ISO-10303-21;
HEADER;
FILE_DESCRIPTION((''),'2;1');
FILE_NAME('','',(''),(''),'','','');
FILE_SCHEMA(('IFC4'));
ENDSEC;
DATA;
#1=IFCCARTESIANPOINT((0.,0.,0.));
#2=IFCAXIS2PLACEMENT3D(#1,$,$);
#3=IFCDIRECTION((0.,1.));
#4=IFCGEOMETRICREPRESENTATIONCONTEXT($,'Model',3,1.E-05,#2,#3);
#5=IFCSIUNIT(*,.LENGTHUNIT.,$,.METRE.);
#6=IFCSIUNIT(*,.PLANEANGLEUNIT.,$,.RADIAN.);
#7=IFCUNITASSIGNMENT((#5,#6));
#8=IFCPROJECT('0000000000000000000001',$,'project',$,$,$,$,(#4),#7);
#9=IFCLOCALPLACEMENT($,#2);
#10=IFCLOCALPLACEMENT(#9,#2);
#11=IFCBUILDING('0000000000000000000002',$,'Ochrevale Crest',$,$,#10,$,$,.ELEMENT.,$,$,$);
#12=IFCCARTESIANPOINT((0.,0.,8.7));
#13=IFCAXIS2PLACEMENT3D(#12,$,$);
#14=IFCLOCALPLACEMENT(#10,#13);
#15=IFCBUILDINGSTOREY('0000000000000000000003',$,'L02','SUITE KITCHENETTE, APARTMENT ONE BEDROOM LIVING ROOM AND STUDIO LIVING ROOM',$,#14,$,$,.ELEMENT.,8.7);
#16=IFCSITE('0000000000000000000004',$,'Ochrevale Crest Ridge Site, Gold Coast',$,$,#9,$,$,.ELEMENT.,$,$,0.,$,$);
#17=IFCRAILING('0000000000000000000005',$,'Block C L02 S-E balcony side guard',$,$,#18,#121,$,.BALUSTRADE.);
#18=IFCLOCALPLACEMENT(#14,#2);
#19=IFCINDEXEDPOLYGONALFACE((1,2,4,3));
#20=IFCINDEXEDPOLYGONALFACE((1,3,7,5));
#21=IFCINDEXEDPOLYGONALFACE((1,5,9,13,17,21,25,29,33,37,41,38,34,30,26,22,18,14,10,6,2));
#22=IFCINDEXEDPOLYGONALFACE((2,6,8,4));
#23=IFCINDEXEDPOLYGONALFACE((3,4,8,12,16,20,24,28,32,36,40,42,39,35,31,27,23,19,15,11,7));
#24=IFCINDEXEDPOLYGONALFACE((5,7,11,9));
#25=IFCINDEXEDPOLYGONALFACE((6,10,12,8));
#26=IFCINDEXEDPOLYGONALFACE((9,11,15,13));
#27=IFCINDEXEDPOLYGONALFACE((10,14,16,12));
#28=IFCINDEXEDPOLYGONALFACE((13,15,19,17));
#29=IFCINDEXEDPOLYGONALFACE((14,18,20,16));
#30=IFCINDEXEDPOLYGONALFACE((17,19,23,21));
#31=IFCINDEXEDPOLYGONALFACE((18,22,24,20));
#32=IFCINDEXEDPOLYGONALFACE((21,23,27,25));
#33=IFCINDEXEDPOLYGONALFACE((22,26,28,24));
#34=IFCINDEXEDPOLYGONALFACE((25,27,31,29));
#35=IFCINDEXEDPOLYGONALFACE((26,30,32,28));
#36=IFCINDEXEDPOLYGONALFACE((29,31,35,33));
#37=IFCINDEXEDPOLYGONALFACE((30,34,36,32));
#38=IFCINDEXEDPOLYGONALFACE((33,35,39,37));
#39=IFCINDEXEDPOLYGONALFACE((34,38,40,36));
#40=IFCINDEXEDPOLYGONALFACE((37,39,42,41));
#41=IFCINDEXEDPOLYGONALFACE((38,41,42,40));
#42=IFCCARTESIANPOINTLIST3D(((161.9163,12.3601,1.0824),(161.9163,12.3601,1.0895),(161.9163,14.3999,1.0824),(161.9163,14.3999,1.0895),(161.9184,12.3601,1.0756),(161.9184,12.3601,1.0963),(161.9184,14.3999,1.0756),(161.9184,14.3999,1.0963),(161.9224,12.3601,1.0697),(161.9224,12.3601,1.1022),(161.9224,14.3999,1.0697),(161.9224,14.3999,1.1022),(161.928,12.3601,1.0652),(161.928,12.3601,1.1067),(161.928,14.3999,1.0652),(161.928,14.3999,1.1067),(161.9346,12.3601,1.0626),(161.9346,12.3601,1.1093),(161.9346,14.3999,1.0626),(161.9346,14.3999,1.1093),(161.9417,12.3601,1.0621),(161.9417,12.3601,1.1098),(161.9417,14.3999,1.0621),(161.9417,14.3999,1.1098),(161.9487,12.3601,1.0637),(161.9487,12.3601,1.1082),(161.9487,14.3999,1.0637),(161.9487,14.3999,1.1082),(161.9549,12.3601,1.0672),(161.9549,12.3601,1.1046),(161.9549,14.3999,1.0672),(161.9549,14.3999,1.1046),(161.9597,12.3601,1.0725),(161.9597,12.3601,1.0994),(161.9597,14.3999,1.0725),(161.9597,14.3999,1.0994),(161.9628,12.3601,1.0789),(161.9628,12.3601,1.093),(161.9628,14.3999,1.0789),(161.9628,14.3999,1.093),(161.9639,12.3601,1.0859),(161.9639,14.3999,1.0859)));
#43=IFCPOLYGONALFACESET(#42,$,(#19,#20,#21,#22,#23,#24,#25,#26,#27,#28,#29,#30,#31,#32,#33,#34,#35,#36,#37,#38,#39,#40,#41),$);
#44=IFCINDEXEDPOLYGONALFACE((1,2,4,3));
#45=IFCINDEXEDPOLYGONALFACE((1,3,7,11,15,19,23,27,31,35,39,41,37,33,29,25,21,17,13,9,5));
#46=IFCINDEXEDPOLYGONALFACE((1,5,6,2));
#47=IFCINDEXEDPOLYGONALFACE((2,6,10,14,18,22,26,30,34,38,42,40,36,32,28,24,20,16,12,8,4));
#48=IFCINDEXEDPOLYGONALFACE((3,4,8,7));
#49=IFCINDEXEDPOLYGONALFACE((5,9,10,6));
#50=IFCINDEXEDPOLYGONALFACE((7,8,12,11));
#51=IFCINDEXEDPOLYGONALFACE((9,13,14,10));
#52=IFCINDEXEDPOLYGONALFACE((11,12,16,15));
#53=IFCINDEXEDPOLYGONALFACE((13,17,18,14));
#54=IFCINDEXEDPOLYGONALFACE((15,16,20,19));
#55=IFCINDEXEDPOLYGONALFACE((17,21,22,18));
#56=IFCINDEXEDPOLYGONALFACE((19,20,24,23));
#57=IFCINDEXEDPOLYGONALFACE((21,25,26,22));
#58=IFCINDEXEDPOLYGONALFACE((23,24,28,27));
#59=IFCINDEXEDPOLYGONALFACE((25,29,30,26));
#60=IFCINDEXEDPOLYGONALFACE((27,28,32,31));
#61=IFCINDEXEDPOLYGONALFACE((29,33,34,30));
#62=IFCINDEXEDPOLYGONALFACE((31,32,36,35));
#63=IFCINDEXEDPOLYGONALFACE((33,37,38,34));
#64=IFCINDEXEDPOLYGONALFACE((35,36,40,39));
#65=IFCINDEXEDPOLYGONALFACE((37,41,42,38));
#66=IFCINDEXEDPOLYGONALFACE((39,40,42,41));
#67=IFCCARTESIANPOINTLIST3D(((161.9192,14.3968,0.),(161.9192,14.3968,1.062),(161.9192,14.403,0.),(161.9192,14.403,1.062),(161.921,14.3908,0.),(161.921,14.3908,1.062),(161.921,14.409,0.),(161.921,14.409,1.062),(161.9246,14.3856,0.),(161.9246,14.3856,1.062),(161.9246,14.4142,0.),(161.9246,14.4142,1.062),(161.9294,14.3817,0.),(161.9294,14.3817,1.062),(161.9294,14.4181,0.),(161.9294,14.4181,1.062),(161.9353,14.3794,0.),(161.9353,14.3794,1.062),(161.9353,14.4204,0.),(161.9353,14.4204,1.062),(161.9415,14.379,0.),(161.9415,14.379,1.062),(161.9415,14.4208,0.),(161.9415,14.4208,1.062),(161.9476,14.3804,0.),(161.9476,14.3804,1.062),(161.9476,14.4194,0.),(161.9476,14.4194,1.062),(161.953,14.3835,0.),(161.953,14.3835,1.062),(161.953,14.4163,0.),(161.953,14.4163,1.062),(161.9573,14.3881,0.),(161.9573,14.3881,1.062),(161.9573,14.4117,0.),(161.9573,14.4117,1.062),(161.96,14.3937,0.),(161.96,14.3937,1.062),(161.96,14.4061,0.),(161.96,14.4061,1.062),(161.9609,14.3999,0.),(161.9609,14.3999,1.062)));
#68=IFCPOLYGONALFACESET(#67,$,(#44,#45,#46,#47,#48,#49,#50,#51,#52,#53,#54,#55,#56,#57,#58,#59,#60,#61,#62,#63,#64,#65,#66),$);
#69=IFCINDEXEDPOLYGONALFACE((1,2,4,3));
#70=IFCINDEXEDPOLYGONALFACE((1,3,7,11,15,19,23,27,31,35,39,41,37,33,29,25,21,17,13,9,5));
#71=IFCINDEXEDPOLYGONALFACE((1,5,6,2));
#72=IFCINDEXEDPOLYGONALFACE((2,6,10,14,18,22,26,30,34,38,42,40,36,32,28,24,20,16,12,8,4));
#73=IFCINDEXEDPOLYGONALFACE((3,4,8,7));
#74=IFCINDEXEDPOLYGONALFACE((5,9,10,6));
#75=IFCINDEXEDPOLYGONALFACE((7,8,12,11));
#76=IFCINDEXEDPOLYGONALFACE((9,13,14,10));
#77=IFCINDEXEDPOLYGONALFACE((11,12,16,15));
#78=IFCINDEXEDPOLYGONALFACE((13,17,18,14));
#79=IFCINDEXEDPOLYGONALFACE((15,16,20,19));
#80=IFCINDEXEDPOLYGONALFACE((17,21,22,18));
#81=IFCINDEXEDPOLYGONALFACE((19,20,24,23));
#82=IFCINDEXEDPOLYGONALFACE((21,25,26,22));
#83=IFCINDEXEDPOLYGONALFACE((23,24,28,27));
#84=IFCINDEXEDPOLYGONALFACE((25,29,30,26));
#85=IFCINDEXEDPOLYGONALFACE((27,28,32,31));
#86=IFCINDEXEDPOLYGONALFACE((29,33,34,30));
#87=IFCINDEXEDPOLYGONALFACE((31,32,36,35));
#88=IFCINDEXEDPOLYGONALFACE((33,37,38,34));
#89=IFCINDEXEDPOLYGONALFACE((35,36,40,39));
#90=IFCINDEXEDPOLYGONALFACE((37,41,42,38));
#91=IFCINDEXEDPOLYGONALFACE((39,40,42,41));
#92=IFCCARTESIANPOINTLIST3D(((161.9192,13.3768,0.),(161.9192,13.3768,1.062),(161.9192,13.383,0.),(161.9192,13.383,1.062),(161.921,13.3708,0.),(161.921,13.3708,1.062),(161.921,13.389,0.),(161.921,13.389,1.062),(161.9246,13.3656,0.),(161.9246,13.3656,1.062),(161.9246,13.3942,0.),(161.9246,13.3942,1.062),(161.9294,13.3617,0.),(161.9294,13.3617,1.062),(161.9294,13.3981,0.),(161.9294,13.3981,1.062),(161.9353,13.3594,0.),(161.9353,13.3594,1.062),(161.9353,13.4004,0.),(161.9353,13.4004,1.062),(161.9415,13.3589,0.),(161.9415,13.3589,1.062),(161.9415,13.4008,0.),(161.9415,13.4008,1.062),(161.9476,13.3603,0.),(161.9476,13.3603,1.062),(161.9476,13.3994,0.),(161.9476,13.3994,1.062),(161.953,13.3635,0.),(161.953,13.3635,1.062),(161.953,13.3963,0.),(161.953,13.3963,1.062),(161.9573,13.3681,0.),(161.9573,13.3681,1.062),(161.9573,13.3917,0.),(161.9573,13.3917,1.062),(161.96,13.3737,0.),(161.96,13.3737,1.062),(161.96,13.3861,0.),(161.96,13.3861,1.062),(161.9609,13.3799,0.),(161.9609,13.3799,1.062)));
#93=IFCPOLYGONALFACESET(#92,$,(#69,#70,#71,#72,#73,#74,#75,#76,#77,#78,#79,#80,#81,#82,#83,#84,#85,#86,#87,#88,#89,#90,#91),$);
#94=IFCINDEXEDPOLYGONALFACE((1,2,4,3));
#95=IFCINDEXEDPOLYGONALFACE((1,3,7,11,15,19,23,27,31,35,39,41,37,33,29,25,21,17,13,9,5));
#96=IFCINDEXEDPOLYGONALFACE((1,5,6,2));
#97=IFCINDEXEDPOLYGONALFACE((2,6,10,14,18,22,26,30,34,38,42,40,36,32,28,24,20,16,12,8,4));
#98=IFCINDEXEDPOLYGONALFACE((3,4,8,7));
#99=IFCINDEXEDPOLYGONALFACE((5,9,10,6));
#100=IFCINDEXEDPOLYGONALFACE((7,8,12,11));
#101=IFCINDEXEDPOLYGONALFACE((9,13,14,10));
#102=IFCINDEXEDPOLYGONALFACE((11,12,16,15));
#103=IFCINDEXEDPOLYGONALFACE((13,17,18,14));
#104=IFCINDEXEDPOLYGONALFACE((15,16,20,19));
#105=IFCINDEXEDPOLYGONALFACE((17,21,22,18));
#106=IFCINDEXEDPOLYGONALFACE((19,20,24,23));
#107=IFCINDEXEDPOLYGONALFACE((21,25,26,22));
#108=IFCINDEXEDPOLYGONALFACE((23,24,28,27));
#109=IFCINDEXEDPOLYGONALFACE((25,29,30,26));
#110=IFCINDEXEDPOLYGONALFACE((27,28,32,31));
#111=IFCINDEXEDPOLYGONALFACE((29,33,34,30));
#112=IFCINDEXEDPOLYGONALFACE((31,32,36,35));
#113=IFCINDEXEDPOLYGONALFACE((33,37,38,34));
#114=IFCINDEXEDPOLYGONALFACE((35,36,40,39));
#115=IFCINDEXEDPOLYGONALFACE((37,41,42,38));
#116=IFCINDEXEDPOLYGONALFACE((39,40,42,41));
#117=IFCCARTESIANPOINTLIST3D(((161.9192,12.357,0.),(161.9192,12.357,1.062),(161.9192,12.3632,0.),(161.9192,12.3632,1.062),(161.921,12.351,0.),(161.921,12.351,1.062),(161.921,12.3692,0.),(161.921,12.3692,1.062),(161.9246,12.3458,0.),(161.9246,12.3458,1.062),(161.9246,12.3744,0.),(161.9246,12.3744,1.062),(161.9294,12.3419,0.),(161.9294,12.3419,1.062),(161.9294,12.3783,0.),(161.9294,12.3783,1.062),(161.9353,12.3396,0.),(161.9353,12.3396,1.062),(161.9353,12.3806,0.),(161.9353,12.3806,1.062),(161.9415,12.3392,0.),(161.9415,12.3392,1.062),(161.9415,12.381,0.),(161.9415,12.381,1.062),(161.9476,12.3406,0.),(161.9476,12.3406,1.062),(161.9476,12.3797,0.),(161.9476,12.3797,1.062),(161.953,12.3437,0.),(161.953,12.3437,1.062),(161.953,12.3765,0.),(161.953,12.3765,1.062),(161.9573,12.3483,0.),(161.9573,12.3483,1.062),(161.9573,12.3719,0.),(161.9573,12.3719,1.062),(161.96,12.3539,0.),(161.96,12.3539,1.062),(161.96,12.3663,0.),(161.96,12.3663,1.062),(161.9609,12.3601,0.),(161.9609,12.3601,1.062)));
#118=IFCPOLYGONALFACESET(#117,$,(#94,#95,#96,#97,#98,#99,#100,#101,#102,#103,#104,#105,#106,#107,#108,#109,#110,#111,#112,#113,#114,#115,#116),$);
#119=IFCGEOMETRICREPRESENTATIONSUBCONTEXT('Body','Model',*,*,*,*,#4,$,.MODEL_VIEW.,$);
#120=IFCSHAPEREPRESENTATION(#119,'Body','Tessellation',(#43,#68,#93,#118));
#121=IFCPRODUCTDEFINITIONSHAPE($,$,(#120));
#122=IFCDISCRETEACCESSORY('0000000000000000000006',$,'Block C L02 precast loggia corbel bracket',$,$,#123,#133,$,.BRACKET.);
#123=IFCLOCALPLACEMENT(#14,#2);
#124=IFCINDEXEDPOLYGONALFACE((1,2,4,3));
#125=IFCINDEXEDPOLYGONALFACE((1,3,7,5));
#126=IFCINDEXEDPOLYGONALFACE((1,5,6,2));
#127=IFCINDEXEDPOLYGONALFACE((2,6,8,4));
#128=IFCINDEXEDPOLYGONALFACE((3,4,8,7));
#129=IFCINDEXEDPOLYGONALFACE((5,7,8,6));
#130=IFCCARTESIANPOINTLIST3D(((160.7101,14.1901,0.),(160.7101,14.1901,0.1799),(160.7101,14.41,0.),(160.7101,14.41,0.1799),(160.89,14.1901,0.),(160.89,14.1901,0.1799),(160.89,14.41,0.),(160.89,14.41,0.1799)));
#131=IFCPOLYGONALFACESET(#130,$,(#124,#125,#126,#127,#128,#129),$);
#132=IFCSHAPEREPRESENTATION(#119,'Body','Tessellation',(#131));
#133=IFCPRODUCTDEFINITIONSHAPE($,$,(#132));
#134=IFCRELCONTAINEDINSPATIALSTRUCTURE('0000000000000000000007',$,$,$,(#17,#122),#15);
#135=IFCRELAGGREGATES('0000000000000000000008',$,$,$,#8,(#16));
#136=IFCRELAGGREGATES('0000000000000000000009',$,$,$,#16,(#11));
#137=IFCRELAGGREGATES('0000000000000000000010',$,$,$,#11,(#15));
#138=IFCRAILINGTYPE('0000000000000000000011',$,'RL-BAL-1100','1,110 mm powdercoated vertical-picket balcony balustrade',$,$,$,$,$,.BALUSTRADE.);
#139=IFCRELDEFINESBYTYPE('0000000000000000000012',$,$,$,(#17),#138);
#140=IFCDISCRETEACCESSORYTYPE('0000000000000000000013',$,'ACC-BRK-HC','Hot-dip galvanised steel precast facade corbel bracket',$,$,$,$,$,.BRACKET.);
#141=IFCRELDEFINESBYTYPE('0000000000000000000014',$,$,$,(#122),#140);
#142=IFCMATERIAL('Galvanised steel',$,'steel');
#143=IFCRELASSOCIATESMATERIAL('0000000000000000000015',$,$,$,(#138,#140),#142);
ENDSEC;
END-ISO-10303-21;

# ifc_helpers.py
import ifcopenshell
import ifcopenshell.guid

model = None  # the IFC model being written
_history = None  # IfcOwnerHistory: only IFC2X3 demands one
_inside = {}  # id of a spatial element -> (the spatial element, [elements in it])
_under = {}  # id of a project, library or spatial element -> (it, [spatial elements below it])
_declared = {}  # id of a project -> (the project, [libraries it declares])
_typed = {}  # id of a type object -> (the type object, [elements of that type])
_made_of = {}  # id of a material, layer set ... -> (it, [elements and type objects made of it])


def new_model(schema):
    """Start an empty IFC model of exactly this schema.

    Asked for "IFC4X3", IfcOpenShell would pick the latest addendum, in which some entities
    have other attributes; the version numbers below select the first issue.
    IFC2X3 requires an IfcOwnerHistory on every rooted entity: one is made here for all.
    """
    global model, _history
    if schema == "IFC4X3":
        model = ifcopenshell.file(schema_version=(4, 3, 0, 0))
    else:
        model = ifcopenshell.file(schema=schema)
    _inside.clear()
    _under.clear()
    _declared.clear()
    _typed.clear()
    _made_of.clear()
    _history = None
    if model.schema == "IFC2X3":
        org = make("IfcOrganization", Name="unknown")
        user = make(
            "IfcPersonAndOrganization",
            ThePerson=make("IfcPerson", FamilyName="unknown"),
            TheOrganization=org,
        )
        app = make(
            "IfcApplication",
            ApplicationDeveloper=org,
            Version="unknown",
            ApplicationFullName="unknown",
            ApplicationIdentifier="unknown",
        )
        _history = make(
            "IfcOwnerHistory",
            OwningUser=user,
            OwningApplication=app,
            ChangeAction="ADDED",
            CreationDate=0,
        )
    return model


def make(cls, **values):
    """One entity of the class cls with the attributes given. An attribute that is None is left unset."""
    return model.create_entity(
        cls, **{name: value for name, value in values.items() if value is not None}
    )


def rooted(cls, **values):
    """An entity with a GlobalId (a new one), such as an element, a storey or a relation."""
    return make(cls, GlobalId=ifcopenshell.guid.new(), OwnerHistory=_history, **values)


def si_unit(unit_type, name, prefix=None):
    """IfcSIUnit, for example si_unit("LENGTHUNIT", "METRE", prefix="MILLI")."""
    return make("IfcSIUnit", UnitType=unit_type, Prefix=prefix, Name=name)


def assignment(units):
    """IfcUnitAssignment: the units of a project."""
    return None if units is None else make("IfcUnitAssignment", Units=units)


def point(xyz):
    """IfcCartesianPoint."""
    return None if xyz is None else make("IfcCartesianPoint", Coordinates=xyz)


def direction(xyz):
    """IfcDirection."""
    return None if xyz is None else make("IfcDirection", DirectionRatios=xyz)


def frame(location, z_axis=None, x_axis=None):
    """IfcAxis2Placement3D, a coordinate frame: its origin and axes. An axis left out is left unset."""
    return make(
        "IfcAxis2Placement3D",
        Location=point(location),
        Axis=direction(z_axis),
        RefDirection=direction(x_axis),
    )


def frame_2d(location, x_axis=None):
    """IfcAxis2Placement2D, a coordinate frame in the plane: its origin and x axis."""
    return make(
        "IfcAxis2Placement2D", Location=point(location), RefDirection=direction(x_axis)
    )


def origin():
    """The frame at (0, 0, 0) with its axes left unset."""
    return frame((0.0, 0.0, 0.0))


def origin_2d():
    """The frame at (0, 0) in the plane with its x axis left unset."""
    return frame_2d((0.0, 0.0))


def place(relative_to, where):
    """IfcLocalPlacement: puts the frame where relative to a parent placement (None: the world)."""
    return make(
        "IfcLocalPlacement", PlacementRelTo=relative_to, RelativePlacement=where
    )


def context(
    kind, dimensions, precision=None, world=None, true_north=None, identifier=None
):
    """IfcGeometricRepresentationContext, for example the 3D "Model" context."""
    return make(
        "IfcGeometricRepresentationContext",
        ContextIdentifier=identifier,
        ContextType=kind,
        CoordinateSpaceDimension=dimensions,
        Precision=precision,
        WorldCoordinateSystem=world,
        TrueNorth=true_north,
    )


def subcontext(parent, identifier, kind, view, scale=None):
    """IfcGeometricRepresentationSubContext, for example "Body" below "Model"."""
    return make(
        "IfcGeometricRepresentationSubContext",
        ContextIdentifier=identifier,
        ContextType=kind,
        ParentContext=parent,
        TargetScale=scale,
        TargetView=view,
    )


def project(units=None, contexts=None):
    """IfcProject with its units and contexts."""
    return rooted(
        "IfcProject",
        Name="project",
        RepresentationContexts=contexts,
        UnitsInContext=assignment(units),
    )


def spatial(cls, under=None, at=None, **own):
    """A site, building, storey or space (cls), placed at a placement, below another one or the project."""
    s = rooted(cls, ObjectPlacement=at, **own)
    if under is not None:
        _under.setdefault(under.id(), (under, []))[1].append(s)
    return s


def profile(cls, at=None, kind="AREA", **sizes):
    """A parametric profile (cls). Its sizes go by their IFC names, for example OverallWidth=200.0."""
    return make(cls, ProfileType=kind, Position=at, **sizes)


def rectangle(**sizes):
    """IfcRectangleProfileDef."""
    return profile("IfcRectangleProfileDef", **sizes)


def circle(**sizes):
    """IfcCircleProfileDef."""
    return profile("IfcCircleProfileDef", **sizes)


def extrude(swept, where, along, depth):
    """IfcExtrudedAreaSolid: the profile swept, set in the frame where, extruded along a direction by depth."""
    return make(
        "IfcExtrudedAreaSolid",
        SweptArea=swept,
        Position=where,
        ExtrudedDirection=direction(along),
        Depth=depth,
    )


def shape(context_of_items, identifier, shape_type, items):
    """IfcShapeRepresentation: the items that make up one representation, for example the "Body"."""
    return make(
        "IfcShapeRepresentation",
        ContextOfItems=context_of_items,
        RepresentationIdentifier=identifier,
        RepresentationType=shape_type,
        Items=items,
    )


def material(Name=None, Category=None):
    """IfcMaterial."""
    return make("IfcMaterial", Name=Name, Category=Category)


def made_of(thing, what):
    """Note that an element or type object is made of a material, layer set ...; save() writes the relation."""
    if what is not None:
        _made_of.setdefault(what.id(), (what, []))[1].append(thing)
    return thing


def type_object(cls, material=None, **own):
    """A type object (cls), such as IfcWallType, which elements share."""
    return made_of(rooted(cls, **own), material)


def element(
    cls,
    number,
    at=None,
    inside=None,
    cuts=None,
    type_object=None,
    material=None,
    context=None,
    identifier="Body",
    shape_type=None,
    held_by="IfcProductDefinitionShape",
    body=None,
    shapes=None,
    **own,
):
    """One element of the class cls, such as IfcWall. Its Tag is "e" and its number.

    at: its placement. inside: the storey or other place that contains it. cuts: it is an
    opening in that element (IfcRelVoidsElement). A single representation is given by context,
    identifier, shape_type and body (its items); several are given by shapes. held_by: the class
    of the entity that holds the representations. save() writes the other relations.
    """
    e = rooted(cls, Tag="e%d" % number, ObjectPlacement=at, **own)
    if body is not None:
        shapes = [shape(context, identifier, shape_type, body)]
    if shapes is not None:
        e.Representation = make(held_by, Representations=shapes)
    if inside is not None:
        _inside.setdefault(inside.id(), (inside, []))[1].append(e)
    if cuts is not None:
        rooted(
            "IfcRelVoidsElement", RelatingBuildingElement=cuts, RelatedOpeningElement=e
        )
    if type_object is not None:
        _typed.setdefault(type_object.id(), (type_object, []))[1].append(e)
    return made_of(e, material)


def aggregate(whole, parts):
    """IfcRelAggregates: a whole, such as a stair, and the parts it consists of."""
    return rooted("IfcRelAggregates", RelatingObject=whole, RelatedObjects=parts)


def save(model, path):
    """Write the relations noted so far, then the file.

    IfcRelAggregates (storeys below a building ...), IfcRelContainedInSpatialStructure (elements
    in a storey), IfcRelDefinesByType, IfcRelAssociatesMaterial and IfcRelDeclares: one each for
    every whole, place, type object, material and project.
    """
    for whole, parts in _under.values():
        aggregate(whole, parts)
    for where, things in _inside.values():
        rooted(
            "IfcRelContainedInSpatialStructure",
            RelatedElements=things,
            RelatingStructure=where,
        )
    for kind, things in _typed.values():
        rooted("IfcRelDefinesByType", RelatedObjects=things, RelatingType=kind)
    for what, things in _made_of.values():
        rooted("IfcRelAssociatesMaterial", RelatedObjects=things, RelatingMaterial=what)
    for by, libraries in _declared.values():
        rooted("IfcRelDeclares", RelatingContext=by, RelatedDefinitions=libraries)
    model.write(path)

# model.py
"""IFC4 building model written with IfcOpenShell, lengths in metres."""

from ifc_helpers import new_model, si_unit, direction, frame, origin, origin_2d, place, context, subcontext, project, spatial, rectangle, circle, extrude, material, type_object, element, save


model = new_model("IFC4")

# Units and contexts
model_context = context("Model", 3, precision=1e-05, world=origin(), true_north=direction((0.0, 1.0)))
body_context = subcontext(model_context, "Body", "Model", "MODEL_VIEW")
ifc_project = project(units=[si_unit("LENGTHUNIT", "METRE"), si_unit("PLANEANGLEUNIT", "RADIAN")], contexts=[model_context])

# Site, building, storey
site_placement = place(None, origin())
site = spatial("IfcSite", under=ifc_project, at=site_placement, Name="Ochrevale Crest Ridge Site, Gold Coast", CompositionType="ELEMENT", RefElevation=0.0)
building_placement = place(site_placement, origin())
building = spatial("IfcBuilding", under=site, at=building_placement, Name="Ochrevale Crest", CompositionType="ELEMENT")
storey_placement = place(building_placement, frame((0.0, 0.0, 8.7)))
storey = spatial("IfcBuildingStorey", under=building, at=storey_placement, Name="L02", Description="SUITE KITCHENETTE, APARTMENT ONE BEDROOM LIVING ROOM AND STUDIO LIVING ROOM", CompositionType="ELEMENT", Elevation=8.7)

# Railing
ifc_material_1 = material(Name="Galvanised steel", Category="steel")
railing_type = type_object("IfcRailingType", Name="RL-BAL-1100", Description="1,110 mm powdercoated vertical-picket balcony balustrade", PredefinedType="BALUSTRADE", material=ifc_material_1)
railing_placement = place(storey_placement, frame((161.9399, 14.3999, 0.0)))
element("IfcRailing", 1, at=railing_placement, inside=storey, type_object=railing_type, Name="Block C L02 S-E balcony side guard", PredefinedType="BALUSTRADE", context=body_context, shape_type="SweptSolid", body=[
    extrude(circle(Radius=0.0239, at=origin_2d()), frame((0.0, 0.0, 1.0859), z_axis=(0.0, -1.0, 0.0), x_axis=(1.0, 0.0, 0.0)), (0.0, 0.0, 1.0), 2.0398),
    extrude(circle(Radius=0.021, at=origin_2d()), origin(), (0.0, 0.0, 1.0), 1.062),
    extrude(circle(Radius=0.021, at=origin_2d()), frame((0.0, -1.02, 0.0)), (0.0, 0.0, 1.0), 1.062),
    extrude(circle(Radius=0.021, at=origin_2d()), frame((0.0, -2.0398, 0.0)), (0.0, 0.0, 1.0), 1.062),
])

# Discrete accessory
discrete_accessory_type = type_object("IfcDiscreteAccessoryType", Name="ACC-BRK-HC", Description="Hot-dip galvanised steel precast facade corbel bracket", PredefinedType="BRACKET", material=ifc_material_1)
discrete_accessory_placement = place(storey_placement, frame((160.8, 14.3, 0.0), z_axis=(0.0, 0.0, 1.0), x_axis=(1.0, 0.0, 0.0)))
element("IfcDiscreteAccessory", 2, at=discrete_accessory_placement, inside=storey, type_object=discrete_accessory_type, Name="Block C L02 precast loggia corbel bracket", PredefinedType="BRACKET", context=body_context, shape_type="SweptSolid", body=[
    extrude(rectangle(XDim=0.1799, YDim=0.22, at=origin_2d()), origin(), (0.0, 0.0, 1.0), 0.1799),
])

save(model, "model.ifc")
